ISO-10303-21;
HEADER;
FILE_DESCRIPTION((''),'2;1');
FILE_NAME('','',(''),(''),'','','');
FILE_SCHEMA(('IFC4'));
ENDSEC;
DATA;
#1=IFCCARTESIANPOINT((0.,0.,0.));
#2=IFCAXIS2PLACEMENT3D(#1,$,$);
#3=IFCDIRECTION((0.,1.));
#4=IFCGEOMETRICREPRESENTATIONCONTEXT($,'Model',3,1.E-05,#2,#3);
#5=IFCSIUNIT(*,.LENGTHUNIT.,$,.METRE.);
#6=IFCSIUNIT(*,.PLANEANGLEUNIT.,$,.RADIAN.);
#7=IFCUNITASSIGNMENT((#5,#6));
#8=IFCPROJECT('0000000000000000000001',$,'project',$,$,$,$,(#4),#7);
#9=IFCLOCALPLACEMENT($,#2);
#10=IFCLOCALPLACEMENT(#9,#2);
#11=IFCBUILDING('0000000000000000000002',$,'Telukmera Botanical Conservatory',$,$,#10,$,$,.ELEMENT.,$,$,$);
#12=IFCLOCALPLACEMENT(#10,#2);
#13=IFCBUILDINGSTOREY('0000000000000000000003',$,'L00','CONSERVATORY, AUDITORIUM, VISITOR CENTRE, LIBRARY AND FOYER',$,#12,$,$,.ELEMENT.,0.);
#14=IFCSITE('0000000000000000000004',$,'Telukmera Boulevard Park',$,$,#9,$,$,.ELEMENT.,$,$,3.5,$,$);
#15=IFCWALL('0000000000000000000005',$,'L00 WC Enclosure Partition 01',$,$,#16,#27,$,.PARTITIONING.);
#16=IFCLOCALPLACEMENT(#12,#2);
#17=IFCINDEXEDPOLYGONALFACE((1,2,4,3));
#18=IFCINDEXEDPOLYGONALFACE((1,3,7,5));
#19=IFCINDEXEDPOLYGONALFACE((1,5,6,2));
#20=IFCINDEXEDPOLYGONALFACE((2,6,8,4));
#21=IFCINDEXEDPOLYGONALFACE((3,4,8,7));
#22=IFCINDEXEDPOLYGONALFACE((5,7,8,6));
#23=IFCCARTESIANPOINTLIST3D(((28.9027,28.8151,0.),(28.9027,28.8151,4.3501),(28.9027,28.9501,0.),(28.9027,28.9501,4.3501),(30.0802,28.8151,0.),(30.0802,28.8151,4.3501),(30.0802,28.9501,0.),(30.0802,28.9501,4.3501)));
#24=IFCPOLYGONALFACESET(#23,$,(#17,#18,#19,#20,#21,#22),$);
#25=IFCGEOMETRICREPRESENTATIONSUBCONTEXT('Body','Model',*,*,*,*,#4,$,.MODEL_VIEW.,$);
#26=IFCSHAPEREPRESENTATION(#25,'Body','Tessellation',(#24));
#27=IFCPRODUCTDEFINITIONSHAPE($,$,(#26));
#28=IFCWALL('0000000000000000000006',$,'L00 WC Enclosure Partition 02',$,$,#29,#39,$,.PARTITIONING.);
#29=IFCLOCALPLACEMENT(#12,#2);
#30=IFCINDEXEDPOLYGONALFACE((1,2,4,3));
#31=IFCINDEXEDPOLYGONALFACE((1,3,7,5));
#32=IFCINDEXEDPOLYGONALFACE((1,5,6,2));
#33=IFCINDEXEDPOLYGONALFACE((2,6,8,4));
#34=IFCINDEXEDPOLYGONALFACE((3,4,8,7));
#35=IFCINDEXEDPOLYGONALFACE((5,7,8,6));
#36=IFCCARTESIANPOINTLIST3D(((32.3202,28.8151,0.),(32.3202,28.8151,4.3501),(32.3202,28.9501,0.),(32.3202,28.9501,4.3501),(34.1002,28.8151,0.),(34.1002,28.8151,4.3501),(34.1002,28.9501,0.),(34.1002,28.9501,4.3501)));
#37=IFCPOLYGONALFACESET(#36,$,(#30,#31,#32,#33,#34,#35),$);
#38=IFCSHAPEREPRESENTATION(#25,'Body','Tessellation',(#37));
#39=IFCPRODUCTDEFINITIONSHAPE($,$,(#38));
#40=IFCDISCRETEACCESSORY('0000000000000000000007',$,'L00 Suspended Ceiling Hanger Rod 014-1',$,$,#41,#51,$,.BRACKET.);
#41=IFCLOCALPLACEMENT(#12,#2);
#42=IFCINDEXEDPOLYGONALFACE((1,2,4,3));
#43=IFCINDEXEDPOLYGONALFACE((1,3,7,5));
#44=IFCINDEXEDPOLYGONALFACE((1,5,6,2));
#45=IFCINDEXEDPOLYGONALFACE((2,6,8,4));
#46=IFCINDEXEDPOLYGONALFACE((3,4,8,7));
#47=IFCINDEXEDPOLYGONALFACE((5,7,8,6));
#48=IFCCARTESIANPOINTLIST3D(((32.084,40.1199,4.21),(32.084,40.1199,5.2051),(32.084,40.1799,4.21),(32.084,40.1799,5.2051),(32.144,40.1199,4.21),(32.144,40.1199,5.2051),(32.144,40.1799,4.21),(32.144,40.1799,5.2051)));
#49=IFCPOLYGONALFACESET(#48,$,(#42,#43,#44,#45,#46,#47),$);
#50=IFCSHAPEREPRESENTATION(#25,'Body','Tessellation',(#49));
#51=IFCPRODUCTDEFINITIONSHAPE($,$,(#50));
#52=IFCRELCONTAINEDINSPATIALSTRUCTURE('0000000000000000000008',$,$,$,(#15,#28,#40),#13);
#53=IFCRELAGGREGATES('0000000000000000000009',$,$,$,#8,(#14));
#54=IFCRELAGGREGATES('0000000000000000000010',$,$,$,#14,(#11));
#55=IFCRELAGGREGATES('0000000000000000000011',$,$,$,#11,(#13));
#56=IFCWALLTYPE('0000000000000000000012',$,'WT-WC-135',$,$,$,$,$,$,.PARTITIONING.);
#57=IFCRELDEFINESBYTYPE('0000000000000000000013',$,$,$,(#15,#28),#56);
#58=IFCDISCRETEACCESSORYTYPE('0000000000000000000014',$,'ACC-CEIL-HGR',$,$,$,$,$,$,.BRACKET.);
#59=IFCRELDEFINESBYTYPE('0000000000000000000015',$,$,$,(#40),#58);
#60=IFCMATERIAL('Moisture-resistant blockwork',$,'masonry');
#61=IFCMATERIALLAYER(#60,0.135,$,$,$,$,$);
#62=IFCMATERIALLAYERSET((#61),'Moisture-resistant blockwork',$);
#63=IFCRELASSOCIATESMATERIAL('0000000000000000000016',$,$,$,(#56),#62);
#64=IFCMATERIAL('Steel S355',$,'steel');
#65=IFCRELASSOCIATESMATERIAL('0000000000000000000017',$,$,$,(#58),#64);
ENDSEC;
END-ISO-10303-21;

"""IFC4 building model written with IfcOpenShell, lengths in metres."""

from ifc_helpers import new_model, si_unit, direction, frame, frame_2d, origin, origin_2d, place, context, subcontext, project, spatial, rectangle, extrude, material, layer, layer_set, type_object, element, save


model = new_model("IFC4")

# Units and contexts
model_context = context("Model", 3, precision=1e-05, world=origin(), true_north=direction((0.0, 1.0)))
body_context = subcontext(model_context, "Body", "Model", "MODEL_VIEW")
ifc_project = project(units=[si_unit("LENGTHUNIT", "METRE"), si_unit("PLANEANGLEUNIT", "RADIAN")], contexts=[model_context])

# Site, building, storey
site_placement = place(None, origin())
site = spatial("IfcSite", under=ifc_project, at=site_placement, Name="Telukmera Boulevard Park", CompositionType="ELEMENT", RefElevation=3.5)
building_placement = place(site_placement, origin())
building = spatial("IfcBuilding", under=site, at=building_placement, Name="Telukmera Botanical Conservatory", CompositionType="ELEMENT")
storey_placement = place(building_placement, origin())
storey = spatial("IfcBuildingStorey", under=building, at=storey_placement, Name="L00", Description="CONSERVATORY, AUDITORIUM, VISITOR CENTRE, LIBRARY AND FOYER", CompositionType="ELEMENT", Elevation=0.0)

# Shared definitions
ifc_material_1 = material(Name="Moisture-resistant blockwork", Category="masonry")
ifc_layer_1 = layer(ifc_material_1, 0.135)
ifc_layer_set_1 = layer_set([ifc_layer_1], Name="Moisture-resistant blockwork")
wall_type_1 = type_object("IfcWallType", Name="WT-WC-135", PredefinedType="PARTITIONING", material=ifc_layer_set_1)

# Walls
wall_1_placement = place(storey_placement, frame((28.9026, 28.8826, 0.0), z_axis=(0.0, 0.0, 1.0), x_axis=(1.0, 0.0, 0.0)))
element("IfcWall", 1, at=wall_1_placement, inside=storey, type_object=wall_type_1, Name="L00 WC Enclosure Partition 01", PredefinedType="PARTITIONING", context=body_context, shape_type="SweptSolid", body=[
    extrude(rectangle(XDim=1.1775, YDim=0.135, at=frame_2d((0.5889, 0.0))), origin(), (0.0, 0.0, 1.0), 4.3501),
])
wall_2_placement = place(storey_placement, frame((32.3201, 28.8826, 0.0), z_axis=(0.0, 0.0, 1.0), x_axis=(1.0, 0.0, 0.0)))
element("IfcWall", 2, at=wall_2_placement, inside=storey, type_object=wall_type_1, Name="L00 WC Enclosure Partition 02", PredefinedType="PARTITIONING", context=body_context, shape_type="SweptSolid", body=[
    extrude(rectangle(XDim=1.78, YDim=0.135, at=frame_2d((0.8901, 0.0))), origin(), (0.0, 0.0, 1.0), 4.3501),
])

# Discrete accessory
ifc_material_2 = material(Name="Steel S355", Category="steel")
discrete_accessory_type = type_object("IfcDiscreteAccessoryType", Name="ACC-CEIL-HGR", PredefinedType="BRACKET", material=ifc_material_2)
discrete_accessory_placement = place(storey_placement, frame((32.114, 40.1499, 4.21), z_axis=(0.0, 0.0, 1.0), x_axis=(1.0, 0.0, 0.0)))
element("IfcDiscreteAccessory", 3, at=discrete_accessory_placement, inside=storey, type_object=discrete_accessory_type, Name="L00 Suspended Ceiling Hanger Rod 014-1", PredefinedType="BRACKET", context=body_context, shape_type="SweptSolid", body=[
    extrude(rectangle(XDim=0.0601, YDim=0.0601, at=origin_2d()), origin(), (0.0, 0.0, 1.0), 0.9951),
])

save(model, "model.ifc")
